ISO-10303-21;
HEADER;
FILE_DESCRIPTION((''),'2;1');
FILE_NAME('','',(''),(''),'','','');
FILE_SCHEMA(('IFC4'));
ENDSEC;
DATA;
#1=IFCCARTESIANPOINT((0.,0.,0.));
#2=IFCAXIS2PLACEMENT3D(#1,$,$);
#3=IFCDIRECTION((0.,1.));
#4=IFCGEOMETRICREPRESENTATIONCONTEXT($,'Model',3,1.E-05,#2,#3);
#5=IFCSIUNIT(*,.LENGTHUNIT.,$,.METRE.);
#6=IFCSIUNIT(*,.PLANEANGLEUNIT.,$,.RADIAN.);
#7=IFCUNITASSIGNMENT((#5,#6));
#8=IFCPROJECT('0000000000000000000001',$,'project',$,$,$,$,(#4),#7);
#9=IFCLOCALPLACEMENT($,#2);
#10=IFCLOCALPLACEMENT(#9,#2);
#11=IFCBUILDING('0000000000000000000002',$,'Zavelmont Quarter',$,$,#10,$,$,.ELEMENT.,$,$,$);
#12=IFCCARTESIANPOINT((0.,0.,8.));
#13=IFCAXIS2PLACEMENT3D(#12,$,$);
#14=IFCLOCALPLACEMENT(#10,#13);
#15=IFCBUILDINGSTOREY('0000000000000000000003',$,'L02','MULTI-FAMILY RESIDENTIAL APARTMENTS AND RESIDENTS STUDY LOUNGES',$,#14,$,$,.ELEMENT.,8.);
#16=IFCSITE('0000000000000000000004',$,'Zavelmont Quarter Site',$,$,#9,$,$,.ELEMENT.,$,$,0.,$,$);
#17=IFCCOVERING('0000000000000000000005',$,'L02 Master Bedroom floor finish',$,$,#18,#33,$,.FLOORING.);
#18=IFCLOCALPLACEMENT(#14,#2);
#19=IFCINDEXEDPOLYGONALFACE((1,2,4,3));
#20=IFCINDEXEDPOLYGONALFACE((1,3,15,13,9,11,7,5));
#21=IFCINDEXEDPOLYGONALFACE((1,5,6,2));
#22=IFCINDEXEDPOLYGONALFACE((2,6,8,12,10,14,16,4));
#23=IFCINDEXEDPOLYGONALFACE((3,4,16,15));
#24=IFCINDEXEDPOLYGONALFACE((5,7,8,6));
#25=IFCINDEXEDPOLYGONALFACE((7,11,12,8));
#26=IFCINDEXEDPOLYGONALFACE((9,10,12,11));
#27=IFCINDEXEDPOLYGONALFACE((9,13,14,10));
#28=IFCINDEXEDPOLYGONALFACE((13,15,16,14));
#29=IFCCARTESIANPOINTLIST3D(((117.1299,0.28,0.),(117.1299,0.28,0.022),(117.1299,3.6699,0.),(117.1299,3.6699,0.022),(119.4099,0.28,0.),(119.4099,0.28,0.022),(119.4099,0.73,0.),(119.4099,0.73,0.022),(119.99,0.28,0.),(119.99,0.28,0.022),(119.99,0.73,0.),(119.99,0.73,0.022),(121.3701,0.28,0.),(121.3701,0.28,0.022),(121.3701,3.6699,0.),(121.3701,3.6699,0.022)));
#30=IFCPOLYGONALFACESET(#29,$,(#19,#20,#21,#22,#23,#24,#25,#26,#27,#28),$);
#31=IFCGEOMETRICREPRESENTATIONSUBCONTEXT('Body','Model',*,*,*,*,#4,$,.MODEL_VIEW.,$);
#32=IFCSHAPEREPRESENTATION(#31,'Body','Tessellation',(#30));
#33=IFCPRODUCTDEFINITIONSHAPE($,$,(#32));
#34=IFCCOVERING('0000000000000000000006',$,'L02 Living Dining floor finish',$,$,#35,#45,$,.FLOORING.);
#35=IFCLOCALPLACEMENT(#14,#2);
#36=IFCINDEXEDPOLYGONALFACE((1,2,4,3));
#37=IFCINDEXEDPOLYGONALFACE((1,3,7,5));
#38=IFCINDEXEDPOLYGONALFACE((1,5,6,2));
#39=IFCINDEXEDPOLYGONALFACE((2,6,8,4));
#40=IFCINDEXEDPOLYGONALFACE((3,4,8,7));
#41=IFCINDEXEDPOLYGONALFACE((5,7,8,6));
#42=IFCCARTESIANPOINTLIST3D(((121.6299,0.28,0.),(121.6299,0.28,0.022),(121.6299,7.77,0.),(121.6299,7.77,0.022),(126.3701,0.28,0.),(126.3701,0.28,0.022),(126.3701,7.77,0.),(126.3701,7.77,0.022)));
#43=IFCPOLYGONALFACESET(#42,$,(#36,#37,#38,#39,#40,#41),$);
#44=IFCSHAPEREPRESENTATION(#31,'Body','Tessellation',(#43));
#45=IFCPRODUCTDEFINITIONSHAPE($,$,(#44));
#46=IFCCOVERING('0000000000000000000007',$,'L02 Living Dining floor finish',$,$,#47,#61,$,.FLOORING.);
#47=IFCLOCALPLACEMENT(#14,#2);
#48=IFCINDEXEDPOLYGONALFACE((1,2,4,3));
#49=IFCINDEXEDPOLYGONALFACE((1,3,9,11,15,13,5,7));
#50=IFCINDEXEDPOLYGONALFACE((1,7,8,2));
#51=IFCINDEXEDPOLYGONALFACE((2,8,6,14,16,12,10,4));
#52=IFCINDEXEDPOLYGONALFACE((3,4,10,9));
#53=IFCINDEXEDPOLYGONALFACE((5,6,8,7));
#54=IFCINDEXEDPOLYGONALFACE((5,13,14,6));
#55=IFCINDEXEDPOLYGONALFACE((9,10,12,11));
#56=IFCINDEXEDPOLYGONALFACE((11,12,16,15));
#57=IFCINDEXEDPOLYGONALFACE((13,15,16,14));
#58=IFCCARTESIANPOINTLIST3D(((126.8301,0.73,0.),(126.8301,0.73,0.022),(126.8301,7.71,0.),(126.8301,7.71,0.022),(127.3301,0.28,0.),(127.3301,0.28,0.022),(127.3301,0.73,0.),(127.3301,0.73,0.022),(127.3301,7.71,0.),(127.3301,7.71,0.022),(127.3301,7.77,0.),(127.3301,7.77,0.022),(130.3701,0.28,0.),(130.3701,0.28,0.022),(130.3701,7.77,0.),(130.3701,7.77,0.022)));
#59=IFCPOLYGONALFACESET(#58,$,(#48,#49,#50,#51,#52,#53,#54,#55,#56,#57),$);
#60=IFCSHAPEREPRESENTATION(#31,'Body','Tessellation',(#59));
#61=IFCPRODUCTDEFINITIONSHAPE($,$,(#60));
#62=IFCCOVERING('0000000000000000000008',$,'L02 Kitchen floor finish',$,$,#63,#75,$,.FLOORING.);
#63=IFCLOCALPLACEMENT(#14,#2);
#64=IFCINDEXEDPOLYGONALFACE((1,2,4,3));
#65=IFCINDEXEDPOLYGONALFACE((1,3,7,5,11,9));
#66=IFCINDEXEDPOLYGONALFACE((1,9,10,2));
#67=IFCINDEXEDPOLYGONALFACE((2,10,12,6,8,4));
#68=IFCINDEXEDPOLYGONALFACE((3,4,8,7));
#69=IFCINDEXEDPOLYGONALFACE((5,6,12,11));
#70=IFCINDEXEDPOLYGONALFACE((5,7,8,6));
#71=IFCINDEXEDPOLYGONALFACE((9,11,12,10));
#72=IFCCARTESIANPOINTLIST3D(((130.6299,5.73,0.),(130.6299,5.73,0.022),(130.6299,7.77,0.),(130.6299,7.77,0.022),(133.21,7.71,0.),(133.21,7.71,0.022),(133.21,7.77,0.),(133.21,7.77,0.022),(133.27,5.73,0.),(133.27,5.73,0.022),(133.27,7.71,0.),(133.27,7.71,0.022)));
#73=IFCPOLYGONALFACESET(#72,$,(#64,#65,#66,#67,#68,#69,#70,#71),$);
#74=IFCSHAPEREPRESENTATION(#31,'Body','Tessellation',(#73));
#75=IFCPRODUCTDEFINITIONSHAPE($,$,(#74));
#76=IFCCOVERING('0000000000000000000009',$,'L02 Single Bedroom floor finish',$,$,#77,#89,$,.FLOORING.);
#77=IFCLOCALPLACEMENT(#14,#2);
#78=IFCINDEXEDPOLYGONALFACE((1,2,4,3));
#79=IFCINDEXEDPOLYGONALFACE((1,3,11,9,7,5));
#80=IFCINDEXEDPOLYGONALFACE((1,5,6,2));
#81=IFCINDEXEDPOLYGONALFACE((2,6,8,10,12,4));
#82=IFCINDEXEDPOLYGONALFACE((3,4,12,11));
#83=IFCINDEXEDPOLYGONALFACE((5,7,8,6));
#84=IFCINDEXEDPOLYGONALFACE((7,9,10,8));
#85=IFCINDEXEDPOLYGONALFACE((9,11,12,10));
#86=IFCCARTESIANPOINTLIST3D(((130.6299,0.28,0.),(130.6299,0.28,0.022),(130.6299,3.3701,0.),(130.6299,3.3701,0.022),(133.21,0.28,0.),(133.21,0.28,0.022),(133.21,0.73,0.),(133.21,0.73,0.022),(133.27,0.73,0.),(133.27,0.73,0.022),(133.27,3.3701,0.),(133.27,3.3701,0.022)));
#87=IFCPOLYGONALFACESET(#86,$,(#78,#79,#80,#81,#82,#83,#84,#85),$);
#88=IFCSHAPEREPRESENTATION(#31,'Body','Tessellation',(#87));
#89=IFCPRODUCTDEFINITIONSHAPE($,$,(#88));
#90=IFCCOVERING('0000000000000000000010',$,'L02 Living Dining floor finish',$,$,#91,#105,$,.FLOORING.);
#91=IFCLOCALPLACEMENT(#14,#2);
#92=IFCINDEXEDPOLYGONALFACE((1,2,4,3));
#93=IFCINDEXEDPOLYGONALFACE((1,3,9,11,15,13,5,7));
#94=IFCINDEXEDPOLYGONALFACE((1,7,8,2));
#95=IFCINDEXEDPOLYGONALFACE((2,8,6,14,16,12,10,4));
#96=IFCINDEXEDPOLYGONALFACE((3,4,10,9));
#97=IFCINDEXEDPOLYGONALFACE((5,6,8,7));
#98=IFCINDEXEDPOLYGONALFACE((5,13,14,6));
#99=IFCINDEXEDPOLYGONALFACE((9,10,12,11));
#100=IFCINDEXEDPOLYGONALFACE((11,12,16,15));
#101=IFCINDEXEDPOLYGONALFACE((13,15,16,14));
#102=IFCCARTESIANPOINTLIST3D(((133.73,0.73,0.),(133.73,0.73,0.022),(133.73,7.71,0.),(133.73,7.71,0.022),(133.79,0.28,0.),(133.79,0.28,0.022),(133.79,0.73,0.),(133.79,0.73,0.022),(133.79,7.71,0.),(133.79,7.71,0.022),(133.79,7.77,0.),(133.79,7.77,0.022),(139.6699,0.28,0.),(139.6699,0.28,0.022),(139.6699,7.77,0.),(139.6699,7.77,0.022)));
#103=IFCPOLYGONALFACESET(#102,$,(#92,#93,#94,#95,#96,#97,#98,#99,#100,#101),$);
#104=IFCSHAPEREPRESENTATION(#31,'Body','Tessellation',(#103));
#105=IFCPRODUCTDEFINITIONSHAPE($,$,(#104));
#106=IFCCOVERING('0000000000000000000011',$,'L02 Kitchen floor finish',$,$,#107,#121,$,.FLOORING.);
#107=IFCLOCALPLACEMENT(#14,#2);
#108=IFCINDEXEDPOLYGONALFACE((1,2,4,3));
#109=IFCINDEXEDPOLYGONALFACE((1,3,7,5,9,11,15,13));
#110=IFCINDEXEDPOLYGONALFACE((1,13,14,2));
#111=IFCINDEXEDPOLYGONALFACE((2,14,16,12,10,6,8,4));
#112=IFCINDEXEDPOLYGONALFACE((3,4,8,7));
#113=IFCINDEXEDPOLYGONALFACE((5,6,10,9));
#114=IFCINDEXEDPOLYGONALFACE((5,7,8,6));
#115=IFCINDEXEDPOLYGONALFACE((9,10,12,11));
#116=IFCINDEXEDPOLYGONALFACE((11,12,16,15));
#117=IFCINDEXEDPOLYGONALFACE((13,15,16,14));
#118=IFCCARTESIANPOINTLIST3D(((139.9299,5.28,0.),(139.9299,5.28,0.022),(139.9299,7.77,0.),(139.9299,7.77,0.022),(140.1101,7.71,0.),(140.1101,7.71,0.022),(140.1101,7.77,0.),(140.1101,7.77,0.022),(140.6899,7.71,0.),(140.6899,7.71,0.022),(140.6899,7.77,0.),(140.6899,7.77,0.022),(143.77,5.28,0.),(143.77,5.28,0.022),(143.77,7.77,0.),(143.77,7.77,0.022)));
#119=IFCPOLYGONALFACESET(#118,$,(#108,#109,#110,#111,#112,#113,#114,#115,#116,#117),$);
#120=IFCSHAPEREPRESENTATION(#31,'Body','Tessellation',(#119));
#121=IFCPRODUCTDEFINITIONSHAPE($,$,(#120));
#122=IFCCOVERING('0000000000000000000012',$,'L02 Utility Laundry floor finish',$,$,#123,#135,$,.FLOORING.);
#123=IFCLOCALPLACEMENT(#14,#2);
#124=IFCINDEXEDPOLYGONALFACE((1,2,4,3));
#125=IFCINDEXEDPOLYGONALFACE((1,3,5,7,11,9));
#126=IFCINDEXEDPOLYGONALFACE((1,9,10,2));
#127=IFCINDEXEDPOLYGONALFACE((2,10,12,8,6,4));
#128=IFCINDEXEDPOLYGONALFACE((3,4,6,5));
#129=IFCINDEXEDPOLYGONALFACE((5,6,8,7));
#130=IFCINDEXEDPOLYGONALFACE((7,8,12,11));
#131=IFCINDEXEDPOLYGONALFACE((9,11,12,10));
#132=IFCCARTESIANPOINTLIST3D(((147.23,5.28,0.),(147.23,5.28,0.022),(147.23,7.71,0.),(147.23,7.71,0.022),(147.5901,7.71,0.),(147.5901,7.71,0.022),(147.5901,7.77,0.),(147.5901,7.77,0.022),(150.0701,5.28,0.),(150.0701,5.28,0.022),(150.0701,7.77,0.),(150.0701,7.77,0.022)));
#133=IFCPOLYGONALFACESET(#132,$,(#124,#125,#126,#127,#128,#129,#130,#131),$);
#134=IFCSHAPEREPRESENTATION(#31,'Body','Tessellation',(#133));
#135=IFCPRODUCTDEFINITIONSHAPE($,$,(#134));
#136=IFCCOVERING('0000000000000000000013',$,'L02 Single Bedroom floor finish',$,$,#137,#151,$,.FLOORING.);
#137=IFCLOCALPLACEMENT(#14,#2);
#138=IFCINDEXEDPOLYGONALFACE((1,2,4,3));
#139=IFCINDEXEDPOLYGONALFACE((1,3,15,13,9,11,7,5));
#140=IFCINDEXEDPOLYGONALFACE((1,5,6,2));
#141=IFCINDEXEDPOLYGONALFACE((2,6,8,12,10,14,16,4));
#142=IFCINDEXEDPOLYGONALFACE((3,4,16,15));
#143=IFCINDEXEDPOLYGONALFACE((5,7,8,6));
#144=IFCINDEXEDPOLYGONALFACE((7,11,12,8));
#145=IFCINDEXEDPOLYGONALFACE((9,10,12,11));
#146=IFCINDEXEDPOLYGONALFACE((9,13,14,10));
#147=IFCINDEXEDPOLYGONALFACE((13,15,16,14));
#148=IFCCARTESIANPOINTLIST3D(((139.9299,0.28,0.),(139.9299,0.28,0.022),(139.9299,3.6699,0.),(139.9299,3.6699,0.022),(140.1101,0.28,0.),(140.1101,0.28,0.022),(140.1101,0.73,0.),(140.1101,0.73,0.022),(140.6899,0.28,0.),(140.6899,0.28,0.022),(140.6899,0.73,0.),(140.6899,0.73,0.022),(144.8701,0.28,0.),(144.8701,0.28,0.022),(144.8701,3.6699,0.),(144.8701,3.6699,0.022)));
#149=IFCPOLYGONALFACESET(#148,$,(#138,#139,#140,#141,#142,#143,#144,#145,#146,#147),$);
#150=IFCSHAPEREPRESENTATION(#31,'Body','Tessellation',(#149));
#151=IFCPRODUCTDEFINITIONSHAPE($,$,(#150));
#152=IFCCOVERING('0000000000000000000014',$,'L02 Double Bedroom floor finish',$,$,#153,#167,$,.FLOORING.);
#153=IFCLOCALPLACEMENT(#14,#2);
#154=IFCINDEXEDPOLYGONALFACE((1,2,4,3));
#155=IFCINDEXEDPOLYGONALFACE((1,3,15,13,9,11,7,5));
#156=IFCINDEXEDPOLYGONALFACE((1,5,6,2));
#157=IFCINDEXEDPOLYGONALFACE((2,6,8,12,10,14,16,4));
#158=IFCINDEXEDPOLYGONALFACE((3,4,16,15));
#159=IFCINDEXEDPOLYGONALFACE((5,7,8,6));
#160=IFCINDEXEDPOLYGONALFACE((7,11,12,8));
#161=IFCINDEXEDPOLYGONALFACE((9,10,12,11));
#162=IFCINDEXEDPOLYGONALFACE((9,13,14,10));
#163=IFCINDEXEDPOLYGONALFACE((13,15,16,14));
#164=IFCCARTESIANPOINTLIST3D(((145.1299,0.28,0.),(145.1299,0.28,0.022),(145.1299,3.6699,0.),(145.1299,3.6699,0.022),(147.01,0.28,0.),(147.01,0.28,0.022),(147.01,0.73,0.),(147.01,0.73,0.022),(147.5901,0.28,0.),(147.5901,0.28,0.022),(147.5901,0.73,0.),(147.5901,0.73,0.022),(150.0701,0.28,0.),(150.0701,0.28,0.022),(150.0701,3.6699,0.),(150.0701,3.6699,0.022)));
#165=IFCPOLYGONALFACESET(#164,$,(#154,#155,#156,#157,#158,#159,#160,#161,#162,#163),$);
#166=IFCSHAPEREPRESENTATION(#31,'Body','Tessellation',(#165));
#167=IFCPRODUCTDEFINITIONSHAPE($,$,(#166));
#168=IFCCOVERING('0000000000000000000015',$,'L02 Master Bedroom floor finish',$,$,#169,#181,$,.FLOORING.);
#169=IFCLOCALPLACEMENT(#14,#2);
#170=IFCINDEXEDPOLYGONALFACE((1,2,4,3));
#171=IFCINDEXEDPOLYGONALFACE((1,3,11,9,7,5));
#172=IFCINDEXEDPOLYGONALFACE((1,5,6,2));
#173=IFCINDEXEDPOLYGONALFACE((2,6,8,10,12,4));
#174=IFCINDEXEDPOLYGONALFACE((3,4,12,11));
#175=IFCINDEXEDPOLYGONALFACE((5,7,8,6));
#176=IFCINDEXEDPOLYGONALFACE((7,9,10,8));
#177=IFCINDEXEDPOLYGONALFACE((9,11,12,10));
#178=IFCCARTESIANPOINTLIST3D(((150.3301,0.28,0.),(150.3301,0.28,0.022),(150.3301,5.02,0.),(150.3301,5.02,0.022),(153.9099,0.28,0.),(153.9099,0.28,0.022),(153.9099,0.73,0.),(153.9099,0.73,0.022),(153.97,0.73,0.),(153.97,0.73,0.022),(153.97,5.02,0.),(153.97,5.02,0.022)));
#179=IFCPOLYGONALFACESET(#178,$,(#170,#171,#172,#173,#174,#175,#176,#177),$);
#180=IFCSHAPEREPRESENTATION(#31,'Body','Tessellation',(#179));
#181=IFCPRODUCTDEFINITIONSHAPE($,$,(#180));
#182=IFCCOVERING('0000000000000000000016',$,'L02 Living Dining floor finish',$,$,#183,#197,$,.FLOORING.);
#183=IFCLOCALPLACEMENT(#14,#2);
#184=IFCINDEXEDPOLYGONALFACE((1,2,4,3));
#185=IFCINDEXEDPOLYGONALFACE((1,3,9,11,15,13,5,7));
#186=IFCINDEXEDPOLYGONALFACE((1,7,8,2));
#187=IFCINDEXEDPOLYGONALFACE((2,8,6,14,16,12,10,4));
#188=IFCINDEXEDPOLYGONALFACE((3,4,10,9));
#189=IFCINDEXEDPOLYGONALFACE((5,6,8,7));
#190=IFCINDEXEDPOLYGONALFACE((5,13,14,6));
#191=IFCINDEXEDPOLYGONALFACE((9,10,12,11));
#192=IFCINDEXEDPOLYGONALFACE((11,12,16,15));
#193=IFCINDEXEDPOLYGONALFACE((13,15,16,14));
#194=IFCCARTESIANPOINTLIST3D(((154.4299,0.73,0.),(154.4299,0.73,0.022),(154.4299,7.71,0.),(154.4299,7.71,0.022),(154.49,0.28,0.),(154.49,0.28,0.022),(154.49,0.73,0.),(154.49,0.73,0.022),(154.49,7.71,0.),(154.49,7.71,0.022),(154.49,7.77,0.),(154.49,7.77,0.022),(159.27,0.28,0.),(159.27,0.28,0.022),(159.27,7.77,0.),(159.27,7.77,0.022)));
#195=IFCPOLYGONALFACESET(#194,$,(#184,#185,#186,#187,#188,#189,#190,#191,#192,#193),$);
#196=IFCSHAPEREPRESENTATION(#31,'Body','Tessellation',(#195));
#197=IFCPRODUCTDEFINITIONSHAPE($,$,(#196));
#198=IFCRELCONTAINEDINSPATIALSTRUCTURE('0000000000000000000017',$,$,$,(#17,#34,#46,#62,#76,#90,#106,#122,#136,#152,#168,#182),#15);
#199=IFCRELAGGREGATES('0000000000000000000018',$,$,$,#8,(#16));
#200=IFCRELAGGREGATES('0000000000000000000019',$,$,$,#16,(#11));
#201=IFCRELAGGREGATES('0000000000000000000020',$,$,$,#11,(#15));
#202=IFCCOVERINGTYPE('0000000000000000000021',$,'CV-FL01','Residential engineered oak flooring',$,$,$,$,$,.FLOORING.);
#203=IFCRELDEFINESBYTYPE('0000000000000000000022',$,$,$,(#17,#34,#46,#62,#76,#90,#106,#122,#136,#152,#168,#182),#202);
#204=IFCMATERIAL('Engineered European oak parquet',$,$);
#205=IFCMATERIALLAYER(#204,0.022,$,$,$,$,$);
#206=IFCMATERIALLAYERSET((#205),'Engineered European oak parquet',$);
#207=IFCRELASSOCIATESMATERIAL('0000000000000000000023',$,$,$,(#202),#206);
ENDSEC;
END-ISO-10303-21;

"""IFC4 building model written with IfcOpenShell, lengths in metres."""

from ifc_helpers import new_model, si_unit, direction, frame, origin, place, context, subcontext, project, spatial, polyline, outline, extrude, material, layer, layer_set, type_object, element, save


model = new_model("IFC4")

# Units and contexts
model_context = context("Model", 3, precision=1e-05, world=origin(), true_north=direction((0.0, 1.0)))
body_context = subcontext(model_context, "Body", "Model", "MODEL_VIEW")
ifc_project = project(units=[si_unit("LENGTHUNIT", "METRE"), si_unit("PLANEANGLEUNIT", "RADIAN")], contexts=[model_context])

# Site, building, storey
site_placement = place(None, origin())
site = spatial("IfcSite", under=ifc_project, at=site_placement, Name="Zavelmont Quarter Site", CompositionType="ELEMENT", RefElevation=0.0)
building_placement = place(site_placement, origin())
building = spatial("IfcBuilding", under=site, at=building_placement, Name="Zavelmont Quarter", CompositionType="ELEMENT")
storey_placement = place(building_placement, frame((0.0, 0.0, 8.0)))
storey = spatial("IfcBuildingStorey", under=building, at=storey_placement, Name="L02", Description="MULTI-FAMILY RESIDENTIAL APARTMENTS AND RESIDENTS STUDY LOUNGES", CompositionType="ELEMENT", Elevation=8.0)

# Coverings
ifc_material_1 = material(Name="Engineered European oak parquet")
ifc_layer_1 = layer(ifc_material_1, 0.022)
ifc_layer_set_1 = layer_set([ifc_layer_1], Name="Engineered European oak parquet")
covering_type_1 = type_object("IfcCoveringType", Name="CV-FL01", Description="Residential engineered oak flooring", PredefinedType="FLOORING", material=ifc_layer_set_1)
covering_1_placement = place(storey_placement, origin())
element("IfcCovering", 1, at=covering_1_placement, inside=storey, type_object=covering_type_1, Name="L02 Master Bedroom floor finish", PredefinedType="FLOORING", context=body_context, shape_type="SweptSolid", body=[
    extrude(outline(polyline([(117.1299, 3.6699), (121.3701, 3.6699), (121.3701, 0.28), (119.99, 0.28), (119.99, 0.73), (119.4099, 0.73), (119.4099, 0.28), (117.1299, 0.28), (117.1299, 3.6699)])), origin(), (0.0, 0.0, 1.0), 0.022),
])
covering_2_placement = place(storey_placement, origin())
element("IfcCovering", 2, at=covering_2_placement, inside=storey, type_object=covering_type_1, Name="L02 Living Dining floor finish", PredefinedType="FLOORING", context=body_context, shape_type="SweptSolid", body=[
    extrude(outline(polyline([(121.6299, 7.77), (126.3701, 7.77), (126.3701, 0.28), (121.6299, 0.28), (121.6299, 7.77)])), origin(), (0.0, 0.0, 1.0), 0.022),
])
covering_3_placement = place(storey_placement, origin())
element("IfcCovering", 3, at=covering_3_placement, inside=storey, type_object=covering_type_1, Name="L02 Living Dining floor finish", PredefinedType="FLOORING", context=body_context, shape_type="SweptSolid", body=[
    extrude(outline(polyline([(126.8301, 7.71), (127.3301, 7.71), (127.3301, 7.77), (130.3701, 7.77), (130.3701, 0.28), (127.3301, 0.28), (127.3301, 0.73), (126.8301, 0.73), (126.8301, 7.71)])), origin(), (0.0, 0.0, 1.0), 0.022),
])
covering_4_placement = place(storey_placement, origin())
element("IfcCovering", 4, at=covering_4_placement, inside=storey, type_object=covering_type_1, Name="L02 Kitchen floor finish", PredefinedType="FLOORING", context=body_context, shape_type="SweptSolid", body=[
    extrude(outline(polyline([(130.6299, 7.77), (133.21, 7.77), (133.21, 7.71), (133.27, 7.71), (133.27, 5.73), (130.6299, 5.73), (130.6299, 7.77)])), origin(), (0.0, 0.0, 1.0), 0.022),
])
covering_5_placement = place(storey_placement, origin())
element("IfcCovering", 5, at=covering_5_placement, inside=storey, type_object=covering_type_1, Name="L02 Single Bedroom floor finish", PredefinedType="FLOORING", context=body_context, shape_type="SweptSolid", body=[
    extrude(outline(polyline([(130.6299, 3.3701), (133.27, 3.3701), (133.27, 0.73), (133.21, 0.73), (133.21, 0.28), (130.6299, 0.28), (130.6299, 3.3701)])), origin(), (0.0, 0.0, 1.0), 0.022),
])
covering_6_placement = place(storey_placement, origin())
element("IfcCovering", 6, at=covering_6_placement, inside=storey, type_object=covering_type_1, Name="L02 Living Dining floor finish", PredefinedType="FLOORING", context=body_context, shape_type="SweptSolid", body=[
    extrude(outline(polyline([(133.73, 7.71), (133.79, 7.71), (133.79, 7.77), (139.6699, 7.77), (139.6699, 0.28), (133.79, 0.28), (133.79, 0.73), (133.73, 0.73), (133.73, 7.71)])), origin(), (0.0, 0.0, 1.0), 0.022),
])
covering_7_placement = place(storey_placement, origin())
element("IfcCovering", 7, at=covering_7_placement, inside=storey, type_object=covering_type_1, Name="L02 Kitchen floor finish", PredefinedType="FLOORING", context=body_context, shape_type="SweptSolid", body=[
    extrude(outline(polyline([(139.9299, 7.77), (140.1101, 7.77), (140.1101, 7.71), (140.6899, 7.71), (140.6899, 7.77), (143.77, 7.77), (143.77, 5.28), (139.9299, 5.28), (139.9299, 7.77)])), origin(), (0.0, 0.0, 1.0), 0.022),
])
covering_8_placement = place(storey_placement, origin())
element("IfcCovering", 8, at=covering_8_placement, inside=storey, type_object=covering_type_1, Name="L02 Utility Laundry floor finish", PredefinedType="FLOORING", context=body_context, shape_type="SweptSolid", body=[
    extrude(outline(polyline([(147.23, 7.71), (147.5901, 7.71), (147.5901, 7.77), (150.0701, 7.77), (150.0701, 5.28), (147.23, 5.28), (147.23, 7.71)])), origin(), (0.0, 0.0, 1.0), 0.022),
])
covering_9_placement = place(storey_placement, origin())
element("IfcCovering", 9, at=covering_9_placement, inside=storey, type_object=covering_type_1, Name="L02 Single Bedroom floor finish", PredefinedType="FLOORING", context=body_context, shape_type="SweptSolid", body=[
    extrude(outline(polyline([(139.9299, 3.6699), (144.8701, 3.6699), (144.8701, 0.28), (140.6899, 0.28), (140.6899, 0.73), (140.1101, 0.73), (140.1101, 0.28), (139.9299, 0.28), (139.9299, 3.6699)])), origin(), (0.0, 0.0, 1.0), 0.022),
])
covering_10_placement = place(storey_placement, origin())
element("IfcCovering", 10, at=covering_10_placement, inside=storey, type_object=covering_type_1, Name="L02 Double Bedroom floor finish", PredefinedType="FLOORING", context=body_context, shape_type="SweptSolid", body=[
    extrude(outline(polyline([(145.1299, 3.6699), (150.0701, 3.6699), (150.0701, 0.28), (147.5901, 0.28), (147.5901, 0.73), (147.01, 0.73), (147.01, 0.28), (145.1299, 0.28), (145.1299, 3.6699)])), origin(), (0.0, 0.0, 1.0), 0.022),
])
covering_11_placement = place(storey_placement, origin())
element("IfcCovering", 11, at=covering_11_placement, inside=storey, type_object=covering_type_1, Name="L02 Master Bedroom floor finish", PredefinedType="FLOORING", context=body_context, shape_type="SweptSolid", body=[
    extrude(outline(polyline([(150.3301, 5.02), (153.97, 5.02), (153.97, 0.73), (153.9099, 0.73), (153.9099, 0.28), (150.3301, 0.28), (150.3301, 5.02)])), origin(), (0.0, 0.0, 1.0), 0.022),
])
covering_12_placement = place(storey_placement, origin())
element("IfcCovering", 12, at=covering_12_placement, inside=storey, type_object=covering_type_1, Name="L02 Living Dining floor finish", PredefinedType="FLOORING", context=body_context, shape_type="SweptSolid", body=[
    extrude(outline(polyline([(154.4299, 7.71), (154.49, 7.71), (154.49, 7.77), (159.27, 7.77), (159.27, 0.28), (154.49, 0.28), (154.49, 0.73), (154.4299, 0.73), (154.4299, 7.71)])), origin(), (0.0, 0.0, 1.0), 0.022),
])

save(model, "model.ifc")
